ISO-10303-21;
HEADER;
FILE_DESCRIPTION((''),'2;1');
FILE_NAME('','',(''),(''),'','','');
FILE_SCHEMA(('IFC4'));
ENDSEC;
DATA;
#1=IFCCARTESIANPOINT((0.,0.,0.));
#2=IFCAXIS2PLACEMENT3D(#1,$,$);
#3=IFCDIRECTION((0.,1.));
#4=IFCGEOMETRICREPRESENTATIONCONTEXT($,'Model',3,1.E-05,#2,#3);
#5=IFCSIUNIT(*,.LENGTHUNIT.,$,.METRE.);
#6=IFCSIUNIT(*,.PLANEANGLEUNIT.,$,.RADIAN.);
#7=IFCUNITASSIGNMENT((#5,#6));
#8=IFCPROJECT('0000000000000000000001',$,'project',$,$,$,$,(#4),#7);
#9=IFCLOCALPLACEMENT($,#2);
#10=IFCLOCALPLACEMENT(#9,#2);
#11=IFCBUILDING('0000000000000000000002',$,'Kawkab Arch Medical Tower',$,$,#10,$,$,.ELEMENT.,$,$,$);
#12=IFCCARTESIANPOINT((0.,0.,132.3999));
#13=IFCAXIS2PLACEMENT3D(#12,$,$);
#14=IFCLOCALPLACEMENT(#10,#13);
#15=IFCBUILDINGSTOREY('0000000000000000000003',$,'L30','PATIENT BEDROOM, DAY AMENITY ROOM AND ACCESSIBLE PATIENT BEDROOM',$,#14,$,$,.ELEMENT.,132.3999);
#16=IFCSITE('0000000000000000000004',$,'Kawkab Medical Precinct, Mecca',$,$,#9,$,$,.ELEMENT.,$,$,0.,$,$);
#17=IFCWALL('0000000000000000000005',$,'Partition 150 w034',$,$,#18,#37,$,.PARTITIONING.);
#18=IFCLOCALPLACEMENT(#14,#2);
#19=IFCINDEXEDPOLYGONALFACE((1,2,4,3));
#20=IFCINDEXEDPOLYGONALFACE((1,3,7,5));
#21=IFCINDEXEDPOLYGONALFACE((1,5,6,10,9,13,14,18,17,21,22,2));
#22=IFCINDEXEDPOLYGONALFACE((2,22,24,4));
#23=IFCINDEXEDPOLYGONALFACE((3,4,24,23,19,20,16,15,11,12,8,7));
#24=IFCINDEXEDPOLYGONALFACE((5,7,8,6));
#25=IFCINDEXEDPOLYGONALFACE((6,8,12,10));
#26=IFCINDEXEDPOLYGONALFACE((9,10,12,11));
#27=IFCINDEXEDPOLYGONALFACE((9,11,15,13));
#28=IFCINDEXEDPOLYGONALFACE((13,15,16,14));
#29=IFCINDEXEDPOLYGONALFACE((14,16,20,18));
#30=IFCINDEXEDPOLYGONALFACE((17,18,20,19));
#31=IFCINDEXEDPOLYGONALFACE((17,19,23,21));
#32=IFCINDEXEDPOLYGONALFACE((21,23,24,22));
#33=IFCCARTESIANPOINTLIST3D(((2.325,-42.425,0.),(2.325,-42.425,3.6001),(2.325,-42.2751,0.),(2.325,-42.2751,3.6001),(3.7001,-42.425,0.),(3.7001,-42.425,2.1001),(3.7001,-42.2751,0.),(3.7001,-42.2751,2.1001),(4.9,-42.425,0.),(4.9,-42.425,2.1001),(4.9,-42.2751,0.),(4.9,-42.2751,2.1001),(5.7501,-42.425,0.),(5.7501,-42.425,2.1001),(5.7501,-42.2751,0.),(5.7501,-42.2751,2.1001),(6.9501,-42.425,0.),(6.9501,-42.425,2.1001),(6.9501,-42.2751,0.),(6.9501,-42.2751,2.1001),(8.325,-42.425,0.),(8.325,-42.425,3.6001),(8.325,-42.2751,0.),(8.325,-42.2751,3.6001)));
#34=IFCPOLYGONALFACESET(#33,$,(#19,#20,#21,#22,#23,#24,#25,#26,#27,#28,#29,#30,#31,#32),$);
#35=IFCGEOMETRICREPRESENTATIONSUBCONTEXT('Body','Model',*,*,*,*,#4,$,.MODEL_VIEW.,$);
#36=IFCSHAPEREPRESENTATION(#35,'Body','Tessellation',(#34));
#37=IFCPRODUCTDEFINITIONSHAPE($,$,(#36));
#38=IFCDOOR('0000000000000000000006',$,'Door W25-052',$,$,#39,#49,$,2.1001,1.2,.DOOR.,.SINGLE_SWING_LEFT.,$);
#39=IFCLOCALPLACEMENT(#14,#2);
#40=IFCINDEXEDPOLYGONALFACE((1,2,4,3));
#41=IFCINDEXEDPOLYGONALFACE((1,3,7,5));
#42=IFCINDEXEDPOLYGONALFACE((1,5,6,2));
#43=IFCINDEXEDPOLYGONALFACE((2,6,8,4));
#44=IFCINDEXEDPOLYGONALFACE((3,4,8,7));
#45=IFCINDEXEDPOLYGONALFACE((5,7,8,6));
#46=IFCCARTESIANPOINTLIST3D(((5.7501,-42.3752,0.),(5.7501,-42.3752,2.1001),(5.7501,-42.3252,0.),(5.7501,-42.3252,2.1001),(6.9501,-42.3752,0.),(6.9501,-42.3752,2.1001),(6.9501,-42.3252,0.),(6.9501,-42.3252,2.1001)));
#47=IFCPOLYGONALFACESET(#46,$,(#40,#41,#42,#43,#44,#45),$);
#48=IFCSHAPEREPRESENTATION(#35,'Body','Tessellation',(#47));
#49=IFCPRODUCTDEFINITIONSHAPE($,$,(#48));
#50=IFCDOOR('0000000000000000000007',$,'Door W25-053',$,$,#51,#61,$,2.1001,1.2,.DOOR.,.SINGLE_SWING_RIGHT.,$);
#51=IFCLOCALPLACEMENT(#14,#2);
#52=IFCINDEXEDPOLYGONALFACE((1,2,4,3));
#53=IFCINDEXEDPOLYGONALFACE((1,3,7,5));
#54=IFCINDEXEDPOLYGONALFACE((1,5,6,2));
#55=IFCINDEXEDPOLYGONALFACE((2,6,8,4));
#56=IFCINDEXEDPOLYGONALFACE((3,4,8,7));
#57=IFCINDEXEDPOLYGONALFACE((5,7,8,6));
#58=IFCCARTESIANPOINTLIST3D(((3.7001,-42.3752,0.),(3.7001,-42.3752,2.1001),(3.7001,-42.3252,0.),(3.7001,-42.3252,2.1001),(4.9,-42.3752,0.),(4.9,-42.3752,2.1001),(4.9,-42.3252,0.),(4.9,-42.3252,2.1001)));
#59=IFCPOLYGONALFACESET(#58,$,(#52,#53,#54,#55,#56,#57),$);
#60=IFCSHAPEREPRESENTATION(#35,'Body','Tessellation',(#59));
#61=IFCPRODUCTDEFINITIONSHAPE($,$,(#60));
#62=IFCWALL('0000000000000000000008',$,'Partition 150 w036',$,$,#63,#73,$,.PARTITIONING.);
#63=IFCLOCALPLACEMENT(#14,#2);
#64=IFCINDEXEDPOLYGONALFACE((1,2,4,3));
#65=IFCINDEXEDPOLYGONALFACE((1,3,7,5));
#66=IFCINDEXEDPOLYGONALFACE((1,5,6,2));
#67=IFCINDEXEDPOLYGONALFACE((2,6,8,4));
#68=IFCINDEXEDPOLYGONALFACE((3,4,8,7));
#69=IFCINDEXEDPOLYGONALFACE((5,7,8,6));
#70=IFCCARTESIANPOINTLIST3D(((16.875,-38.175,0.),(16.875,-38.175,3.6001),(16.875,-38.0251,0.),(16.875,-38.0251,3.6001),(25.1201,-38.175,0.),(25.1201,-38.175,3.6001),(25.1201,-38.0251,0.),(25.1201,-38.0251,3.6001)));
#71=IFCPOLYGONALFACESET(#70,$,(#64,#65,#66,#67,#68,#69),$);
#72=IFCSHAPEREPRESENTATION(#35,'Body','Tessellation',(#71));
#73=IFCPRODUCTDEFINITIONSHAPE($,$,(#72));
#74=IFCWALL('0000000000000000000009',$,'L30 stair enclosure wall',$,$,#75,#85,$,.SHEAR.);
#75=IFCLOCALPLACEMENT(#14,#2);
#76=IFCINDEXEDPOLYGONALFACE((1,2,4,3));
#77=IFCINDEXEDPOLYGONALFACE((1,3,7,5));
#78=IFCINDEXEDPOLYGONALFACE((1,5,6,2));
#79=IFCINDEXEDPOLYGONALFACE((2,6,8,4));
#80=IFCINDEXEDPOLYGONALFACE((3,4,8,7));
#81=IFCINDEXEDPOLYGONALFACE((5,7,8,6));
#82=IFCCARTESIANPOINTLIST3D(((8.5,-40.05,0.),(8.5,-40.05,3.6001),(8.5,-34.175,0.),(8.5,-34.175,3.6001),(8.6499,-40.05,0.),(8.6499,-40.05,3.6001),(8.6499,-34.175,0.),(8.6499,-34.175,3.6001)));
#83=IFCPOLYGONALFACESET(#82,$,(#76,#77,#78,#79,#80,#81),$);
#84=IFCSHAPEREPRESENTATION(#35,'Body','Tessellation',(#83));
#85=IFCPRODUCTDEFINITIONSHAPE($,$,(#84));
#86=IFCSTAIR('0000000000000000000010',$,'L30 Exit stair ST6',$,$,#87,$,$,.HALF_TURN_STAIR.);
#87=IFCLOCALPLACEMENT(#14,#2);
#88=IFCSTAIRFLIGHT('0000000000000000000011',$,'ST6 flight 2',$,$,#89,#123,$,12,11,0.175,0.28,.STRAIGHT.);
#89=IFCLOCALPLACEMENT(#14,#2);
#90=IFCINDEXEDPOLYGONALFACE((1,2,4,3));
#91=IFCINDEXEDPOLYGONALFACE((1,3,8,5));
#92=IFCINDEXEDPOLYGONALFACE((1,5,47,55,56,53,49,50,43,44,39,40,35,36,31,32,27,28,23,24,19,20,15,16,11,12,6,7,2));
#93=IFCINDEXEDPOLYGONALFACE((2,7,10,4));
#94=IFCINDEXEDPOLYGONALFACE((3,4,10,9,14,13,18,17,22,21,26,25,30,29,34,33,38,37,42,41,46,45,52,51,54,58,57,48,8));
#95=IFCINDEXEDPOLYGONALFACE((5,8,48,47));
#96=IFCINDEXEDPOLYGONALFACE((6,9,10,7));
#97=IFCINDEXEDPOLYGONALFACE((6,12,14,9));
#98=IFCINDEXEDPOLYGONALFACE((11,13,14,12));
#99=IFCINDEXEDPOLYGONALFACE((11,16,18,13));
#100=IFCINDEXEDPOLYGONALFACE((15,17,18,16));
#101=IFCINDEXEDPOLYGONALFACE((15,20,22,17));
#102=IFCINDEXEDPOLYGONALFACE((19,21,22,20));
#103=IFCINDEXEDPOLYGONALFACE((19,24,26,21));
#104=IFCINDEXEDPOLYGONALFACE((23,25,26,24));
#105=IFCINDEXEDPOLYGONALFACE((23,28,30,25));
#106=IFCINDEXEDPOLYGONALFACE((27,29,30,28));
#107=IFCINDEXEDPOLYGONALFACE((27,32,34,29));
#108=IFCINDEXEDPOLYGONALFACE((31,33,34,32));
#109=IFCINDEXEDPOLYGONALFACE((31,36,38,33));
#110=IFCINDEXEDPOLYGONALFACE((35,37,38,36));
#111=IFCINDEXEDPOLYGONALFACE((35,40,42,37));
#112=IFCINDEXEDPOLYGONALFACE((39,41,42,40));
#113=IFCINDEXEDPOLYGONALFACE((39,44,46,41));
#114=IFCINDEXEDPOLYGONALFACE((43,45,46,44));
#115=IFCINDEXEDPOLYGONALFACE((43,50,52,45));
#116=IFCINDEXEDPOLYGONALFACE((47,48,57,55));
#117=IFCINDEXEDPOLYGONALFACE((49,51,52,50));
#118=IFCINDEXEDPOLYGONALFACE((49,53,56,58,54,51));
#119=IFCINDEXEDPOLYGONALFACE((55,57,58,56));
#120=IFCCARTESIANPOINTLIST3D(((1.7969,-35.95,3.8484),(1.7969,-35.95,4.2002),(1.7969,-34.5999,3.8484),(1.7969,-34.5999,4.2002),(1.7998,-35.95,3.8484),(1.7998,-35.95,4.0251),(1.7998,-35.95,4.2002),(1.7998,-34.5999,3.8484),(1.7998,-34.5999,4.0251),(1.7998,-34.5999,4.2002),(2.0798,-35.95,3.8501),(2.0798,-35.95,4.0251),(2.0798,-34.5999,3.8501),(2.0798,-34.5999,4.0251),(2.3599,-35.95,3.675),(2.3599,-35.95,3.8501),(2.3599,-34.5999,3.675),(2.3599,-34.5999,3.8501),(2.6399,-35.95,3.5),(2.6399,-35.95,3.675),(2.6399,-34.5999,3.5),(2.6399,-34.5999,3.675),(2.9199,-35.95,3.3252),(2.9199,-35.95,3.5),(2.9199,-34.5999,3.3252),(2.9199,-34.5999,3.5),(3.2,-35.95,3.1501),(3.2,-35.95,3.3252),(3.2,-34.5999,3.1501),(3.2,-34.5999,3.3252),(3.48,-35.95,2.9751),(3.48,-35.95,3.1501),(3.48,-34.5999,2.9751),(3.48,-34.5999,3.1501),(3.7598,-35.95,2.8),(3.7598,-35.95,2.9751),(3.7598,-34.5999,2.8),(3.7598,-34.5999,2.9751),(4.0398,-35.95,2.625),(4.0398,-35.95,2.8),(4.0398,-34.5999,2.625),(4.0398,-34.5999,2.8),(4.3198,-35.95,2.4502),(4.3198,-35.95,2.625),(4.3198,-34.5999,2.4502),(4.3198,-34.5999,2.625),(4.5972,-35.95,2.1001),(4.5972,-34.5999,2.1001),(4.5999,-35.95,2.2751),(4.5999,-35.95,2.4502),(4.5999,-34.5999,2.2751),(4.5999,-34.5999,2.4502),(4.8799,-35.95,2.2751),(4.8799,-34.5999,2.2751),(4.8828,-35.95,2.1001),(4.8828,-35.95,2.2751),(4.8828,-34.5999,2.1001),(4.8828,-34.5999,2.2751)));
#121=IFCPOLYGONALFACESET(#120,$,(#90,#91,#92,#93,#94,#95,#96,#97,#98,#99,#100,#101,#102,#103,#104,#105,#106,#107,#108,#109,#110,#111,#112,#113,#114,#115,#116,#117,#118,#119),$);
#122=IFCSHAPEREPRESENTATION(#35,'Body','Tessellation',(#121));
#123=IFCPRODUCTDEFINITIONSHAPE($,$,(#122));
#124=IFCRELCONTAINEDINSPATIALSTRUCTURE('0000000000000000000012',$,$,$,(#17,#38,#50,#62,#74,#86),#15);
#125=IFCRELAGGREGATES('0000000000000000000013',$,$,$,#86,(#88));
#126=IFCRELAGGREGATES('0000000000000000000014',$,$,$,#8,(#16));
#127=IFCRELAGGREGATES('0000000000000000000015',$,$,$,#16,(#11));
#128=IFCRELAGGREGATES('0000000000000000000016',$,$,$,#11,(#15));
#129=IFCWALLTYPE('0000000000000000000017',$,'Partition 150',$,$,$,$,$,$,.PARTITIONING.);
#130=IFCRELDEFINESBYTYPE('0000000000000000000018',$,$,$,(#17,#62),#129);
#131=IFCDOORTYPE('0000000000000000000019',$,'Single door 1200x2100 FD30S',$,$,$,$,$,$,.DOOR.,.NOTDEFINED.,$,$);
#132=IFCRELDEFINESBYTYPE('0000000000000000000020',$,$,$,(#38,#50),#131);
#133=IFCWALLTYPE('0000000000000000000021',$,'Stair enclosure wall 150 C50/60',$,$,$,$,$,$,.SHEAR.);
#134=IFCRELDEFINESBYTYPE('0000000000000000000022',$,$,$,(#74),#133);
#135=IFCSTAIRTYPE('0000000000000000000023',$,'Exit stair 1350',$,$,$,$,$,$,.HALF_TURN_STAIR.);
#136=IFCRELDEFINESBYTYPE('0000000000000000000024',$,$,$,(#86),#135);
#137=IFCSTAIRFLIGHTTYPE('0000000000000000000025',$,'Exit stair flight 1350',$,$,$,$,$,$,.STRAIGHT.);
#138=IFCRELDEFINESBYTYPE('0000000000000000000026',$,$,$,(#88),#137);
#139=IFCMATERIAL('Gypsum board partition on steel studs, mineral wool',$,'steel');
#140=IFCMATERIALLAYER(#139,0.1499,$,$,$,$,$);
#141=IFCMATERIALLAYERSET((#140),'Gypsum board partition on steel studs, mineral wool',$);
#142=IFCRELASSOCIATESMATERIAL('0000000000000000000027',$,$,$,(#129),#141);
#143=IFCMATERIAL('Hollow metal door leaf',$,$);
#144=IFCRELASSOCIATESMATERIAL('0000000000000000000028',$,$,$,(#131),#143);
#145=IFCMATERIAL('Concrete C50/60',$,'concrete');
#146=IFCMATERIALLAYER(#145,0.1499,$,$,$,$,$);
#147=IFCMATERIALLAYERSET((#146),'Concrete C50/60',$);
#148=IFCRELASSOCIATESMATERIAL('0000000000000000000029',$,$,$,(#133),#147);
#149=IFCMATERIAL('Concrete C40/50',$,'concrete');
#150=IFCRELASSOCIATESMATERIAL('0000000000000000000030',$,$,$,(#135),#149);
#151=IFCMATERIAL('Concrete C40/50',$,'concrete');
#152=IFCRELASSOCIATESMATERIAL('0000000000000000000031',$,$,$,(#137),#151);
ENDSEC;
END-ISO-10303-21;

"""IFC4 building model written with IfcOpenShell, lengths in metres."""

from ifc_helpers import new_model, si_unit, direction, frame, frame_2d, origin, place, context, subcontext, project, spatial, polyline, rectangle, outline, extrude, material, layer, layer_set, type_object, element, fill, aggregate, save


model = new_model("IFC4")

# Units and contexts
model_context = context("Model", 3, precision=1e-05, world=origin(), true_north=direction((0.0, 1.0)))
body_context = subcontext(model_context, "Body", "Model", "MODEL_VIEW")
ifc_project = project(units=[si_unit("LENGTHUNIT", "METRE"), si_unit("PLANEANGLEUNIT", "RADIAN")], contexts=[model_context])

# Site, building, storey
site_placement = place(None, origin())
site = spatial("IfcSite", under=ifc_project, at=site_placement, Name="Kawkab Medical Precinct, Mecca", CompositionType="ELEMENT", RefElevation=0.0)
building_placement = place(site_placement, origin())
building = spatial("IfcBuilding", under=site, at=building_placement, Name="Kawkab Arch Medical Tower", CompositionType="ELEMENT")
storey_placement = place(building_placement, frame((0.0, 0.0, 132.3999)))
storey = spatial("IfcBuildingStorey", under=building, at=storey_placement, Name="L30", Description="PATIENT BEDROOM, DAY AMENITY ROOM AND ACCESSIBLE PATIENT BEDROOM", CompositionType="ELEMENT", Elevation=132.3999)

# Wall, openings, doors
ifc_material_1 = material(Name="Gypsum board partition on steel studs, mineral wool", Category="steel")
ifc_layer_1 = layer(ifc_material_1, 0.1499)
ifc_layer_set_1 = layer_set([ifc_layer_1], Name="Gypsum board partition on steel studs, mineral wool")
wall_type_1 = type_object("IfcWallType", Name="Partition 150", PredefinedType="PARTITIONING", material=ifc_layer_set_1)
wall_1_placement = place(storey_placement, frame((2.325, -42.3501, 0.0), z_axis=(0.0, 0.0, 1.0), x_axis=(1.0, 0.0, 0.0)))
wall_1 = element("IfcWall", 1, at=wall_1_placement, inside=storey, type_object=wall_type_1, Name="Partition 150 w034", PredefinedType="PARTITIONING", context=body_context, shape_type="SweptSolid", body=[
    extrude(rectangle(XDim=6.0, YDim=0.1499, at=frame_2d((3.0, 0.0))), origin(), (0.0, 0.0, 1.0), 3.6001),
])
opening_1_placement = place(wall_1_placement, frame((3.425, 0.0, 0.0)))
opening_1 = element("IfcOpeningElement", 2, at=opening_1_placement, cuts=wall_1, PredefinedType="OPENING", context=body_context, shape_type="SweptSolid", body=[
    extrude(rectangle(XDim=1.2, YDim=2.1001, at=frame_2d((0.6001, 1.05))), frame((0.0, 0.085, 0.0), z_axis=(0.0, -1.0, 0.0), x_axis=(1.0, 0.0, 0.0)), (0.0, 0.0, 1.0), 0.1699),
])
opening_2_placement = place(wall_1_placement, frame((1.375, 0.0, 0.0)))
opening_2 = element("IfcOpeningElement", 3, at=opening_2_placement, cuts=wall_1, PredefinedType="OPENING", context=body_context, shape_type="SweptSolid", body=[
    extrude(rectangle(XDim=1.2, YDim=2.1001, at=frame_2d((0.6001, 1.05))), frame((0.0, 0.085, 0.0), z_axis=(0.0, -1.0, 0.0), x_axis=(1.0, 0.0, 0.0)), (0.0, 0.0, 1.0), 0.1699),
])
ifc_material_2 = material(Name="Hollow metal door leaf")
door_type_1 = type_object("IfcDoorType", Name="Single door 1200x2100 FD30S", OperationType="NOTDEFINED", PredefinedType="DOOR", material=ifc_material_2)
door_1_placement = place(opening_1_placement, origin())
door_1 = element("IfcDoor", 4, at=door_1_placement, inside=storey, type_object=door_type_1, Name="Door W25-052", OperationType="SINGLE_SWING_LEFT", OverallHeight=2.1001, OverallWidth=1.2, PredefinedType="DOOR", context=body_context, shape_type="SweptSolid", body=[
    extrude(rectangle(XDim=1.2, YDim=2.1001, at=frame_2d((0.6001, 1.05))), frame((0.0, 0.0249, 0.0), z_axis=(0.0, -1.0, 0.0), x_axis=(1.0, 0.0, 0.0)), (0.0, 0.0, 1.0), 0.05),
])
fill(opening_1, door_1)
door_2_placement = place(opening_2_placement, origin())
door_2 = element("IfcDoor", 5, at=door_2_placement, inside=storey, type_object=door_type_1, Name="Door W25-053", OperationType="SINGLE_SWING_RIGHT", OverallHeight=2.1001, OverallWidth=1.2, PredefinedType="DOOR", context=body_context, shape_type="SweptSolid", body=[
    extrude(rectangle(XDim=1.2, YDim=2.1001, at=frame_2d((0.6001, 1.05))), frame((0.0, 0.0249, 0.0), z_axis=(0.0, -1.0, 0.0), x_axis=(1.0, 0.0, 0.0)), (0.0, 0.0, 1.0), 0.05),
])
fill(opening_2, door_2)

# Walls
wall_2_placement = place(storey_placement, frame((16.875, -38.1001, 0.0), z_axis=(0.0, 0.0, 1.0), x_axis=(1.0, 0.0, 0.0)))
element("IfcWall", 6, at=wall_2_placement, inside=storey, type_object=wall_type_1, Name="Partition 150 w036", PredefinedType="PARTITIONING", context=body_context, shape_type="SweptSolid", body=[
    extrude(rectangle(XDim=8.2451, YDim=0.1499, at=frame_2d((4.1226, 0.0))), origin(), (0.0, 0.0, 1.0), 3.6001),
])
ifc_material_3 = material(Name="Concrete C50/60", Category="concrete")
ifc_layer_2 = layer(ifc_material_3, 0.1499)
ifc_layer_set_2 = layer_set([ifc_layer_2], Name="Concrete C50/60")
wall_type_2 = type_object("IfcWallType", Name="Stair enclosure wall 150 C50/60", PredefinedType="SHEAR", material=ifc_layer_set_2)
wall_3_placement = place(storey_placement, frame((8.575, -40.05, 0.0), z_axis=(0.0, 0.0, 1.0), x_axis=(0.0, 1.0, 0.0)))
element("IfcWall", 7, at=wall_3_placement, inside=storey, type_object=wall_type_2, Name="L30 stair enclosure wall", PredefinedType="SHEAR", context=body_context, shape_type="SweptSolid", body=[
    extrude(rectangle(XDim=5.875, YDim=0.1499, at=frame_2d((2.9375, 0.0))), origin(), (0.0, 0.0, 1.0), 3.6001),
])

# Stair, stair flight
ifc_material_4 = material(Name="Concrete C40/50", Category="concrete")
stair_type = type_object("IfcStairType", Name="Exit stair 1350", PredefinedType="HALF_TURN_STAIR", material=ifc_material_4)
stair_placement = place(storey_placement, origin())
stair = element("IfcStair", 8, at=stair_placement, inside=storey, type_object=stair_type, Name="L30 Exit stair ST6", PredefinedType="HALF_TURN_STAIR")
ifc_material_5 = material(Name="Concrete C40/50", Category="concrete")
stair_flight_type = type_object("IfcStairFlightType", Name="Exit stair flight 1350", PredefinedType="STRAIGHT", material=ifc_material_5)
stair_flight_placement = place(storey_placement, frame((4.8799, -35.2749, 2.1001), z_axis=(0.0, 0.0, 1.0), x_axis=(-1.0, 0.0, 0.0)))
stair_flight = element("IfcStairFlight", 9, at=stair_flight_placement, type_object=stair_flight_type, Name="ST6 flight 2", NumberOfRisers=12, NumberOfTreads=11, PredefinedType="STRAIGHT", RiserHeight=0.175, TreadLength=0.28, context=body_context, shape_type="SweptSolid", body=[
    extrude(outline(polyline([(-0.0029, 0.0), (-0.0029, 0.175), (0.0, 0.175), (0.28, 0.175), (0.28, 0.3501), (0.5601, 0.3501), (0.5601, 0.5249), (0.8401, 0.5249), (0.8401, 0.7), (1.1201, 0.7), (1.1201, 0.875), (1.3999, 0.875), (1.3999, 1.05), (1.6799, 1.05), (1.6799, 1.2251), (1.96, 1.2251), (1.96, 1.3999), (2.24, 1.3999), (2.24, 1.575), (2.52, 1.575), (2.52, 1.75), (2.8, 1.75), (2.8, 1.925), (3.0801, 1.925), (3.0801, 2.1001), (3.083, 2.1001), (3.083, 1.7483), (3.0801, 1.7483), (0.2827, 0.0), (-0.0029, 0.0)])), frame((0.0, 0.675, 0.0), z_axis=(0.0, -1.0, 0.0), x_axis=(1.0, 0.0, 0.0)), (0.0, 0.0, 1.0), 1.3501),
])
aggregate(stair, [stair_flight])

save(model, "model.ifc")
